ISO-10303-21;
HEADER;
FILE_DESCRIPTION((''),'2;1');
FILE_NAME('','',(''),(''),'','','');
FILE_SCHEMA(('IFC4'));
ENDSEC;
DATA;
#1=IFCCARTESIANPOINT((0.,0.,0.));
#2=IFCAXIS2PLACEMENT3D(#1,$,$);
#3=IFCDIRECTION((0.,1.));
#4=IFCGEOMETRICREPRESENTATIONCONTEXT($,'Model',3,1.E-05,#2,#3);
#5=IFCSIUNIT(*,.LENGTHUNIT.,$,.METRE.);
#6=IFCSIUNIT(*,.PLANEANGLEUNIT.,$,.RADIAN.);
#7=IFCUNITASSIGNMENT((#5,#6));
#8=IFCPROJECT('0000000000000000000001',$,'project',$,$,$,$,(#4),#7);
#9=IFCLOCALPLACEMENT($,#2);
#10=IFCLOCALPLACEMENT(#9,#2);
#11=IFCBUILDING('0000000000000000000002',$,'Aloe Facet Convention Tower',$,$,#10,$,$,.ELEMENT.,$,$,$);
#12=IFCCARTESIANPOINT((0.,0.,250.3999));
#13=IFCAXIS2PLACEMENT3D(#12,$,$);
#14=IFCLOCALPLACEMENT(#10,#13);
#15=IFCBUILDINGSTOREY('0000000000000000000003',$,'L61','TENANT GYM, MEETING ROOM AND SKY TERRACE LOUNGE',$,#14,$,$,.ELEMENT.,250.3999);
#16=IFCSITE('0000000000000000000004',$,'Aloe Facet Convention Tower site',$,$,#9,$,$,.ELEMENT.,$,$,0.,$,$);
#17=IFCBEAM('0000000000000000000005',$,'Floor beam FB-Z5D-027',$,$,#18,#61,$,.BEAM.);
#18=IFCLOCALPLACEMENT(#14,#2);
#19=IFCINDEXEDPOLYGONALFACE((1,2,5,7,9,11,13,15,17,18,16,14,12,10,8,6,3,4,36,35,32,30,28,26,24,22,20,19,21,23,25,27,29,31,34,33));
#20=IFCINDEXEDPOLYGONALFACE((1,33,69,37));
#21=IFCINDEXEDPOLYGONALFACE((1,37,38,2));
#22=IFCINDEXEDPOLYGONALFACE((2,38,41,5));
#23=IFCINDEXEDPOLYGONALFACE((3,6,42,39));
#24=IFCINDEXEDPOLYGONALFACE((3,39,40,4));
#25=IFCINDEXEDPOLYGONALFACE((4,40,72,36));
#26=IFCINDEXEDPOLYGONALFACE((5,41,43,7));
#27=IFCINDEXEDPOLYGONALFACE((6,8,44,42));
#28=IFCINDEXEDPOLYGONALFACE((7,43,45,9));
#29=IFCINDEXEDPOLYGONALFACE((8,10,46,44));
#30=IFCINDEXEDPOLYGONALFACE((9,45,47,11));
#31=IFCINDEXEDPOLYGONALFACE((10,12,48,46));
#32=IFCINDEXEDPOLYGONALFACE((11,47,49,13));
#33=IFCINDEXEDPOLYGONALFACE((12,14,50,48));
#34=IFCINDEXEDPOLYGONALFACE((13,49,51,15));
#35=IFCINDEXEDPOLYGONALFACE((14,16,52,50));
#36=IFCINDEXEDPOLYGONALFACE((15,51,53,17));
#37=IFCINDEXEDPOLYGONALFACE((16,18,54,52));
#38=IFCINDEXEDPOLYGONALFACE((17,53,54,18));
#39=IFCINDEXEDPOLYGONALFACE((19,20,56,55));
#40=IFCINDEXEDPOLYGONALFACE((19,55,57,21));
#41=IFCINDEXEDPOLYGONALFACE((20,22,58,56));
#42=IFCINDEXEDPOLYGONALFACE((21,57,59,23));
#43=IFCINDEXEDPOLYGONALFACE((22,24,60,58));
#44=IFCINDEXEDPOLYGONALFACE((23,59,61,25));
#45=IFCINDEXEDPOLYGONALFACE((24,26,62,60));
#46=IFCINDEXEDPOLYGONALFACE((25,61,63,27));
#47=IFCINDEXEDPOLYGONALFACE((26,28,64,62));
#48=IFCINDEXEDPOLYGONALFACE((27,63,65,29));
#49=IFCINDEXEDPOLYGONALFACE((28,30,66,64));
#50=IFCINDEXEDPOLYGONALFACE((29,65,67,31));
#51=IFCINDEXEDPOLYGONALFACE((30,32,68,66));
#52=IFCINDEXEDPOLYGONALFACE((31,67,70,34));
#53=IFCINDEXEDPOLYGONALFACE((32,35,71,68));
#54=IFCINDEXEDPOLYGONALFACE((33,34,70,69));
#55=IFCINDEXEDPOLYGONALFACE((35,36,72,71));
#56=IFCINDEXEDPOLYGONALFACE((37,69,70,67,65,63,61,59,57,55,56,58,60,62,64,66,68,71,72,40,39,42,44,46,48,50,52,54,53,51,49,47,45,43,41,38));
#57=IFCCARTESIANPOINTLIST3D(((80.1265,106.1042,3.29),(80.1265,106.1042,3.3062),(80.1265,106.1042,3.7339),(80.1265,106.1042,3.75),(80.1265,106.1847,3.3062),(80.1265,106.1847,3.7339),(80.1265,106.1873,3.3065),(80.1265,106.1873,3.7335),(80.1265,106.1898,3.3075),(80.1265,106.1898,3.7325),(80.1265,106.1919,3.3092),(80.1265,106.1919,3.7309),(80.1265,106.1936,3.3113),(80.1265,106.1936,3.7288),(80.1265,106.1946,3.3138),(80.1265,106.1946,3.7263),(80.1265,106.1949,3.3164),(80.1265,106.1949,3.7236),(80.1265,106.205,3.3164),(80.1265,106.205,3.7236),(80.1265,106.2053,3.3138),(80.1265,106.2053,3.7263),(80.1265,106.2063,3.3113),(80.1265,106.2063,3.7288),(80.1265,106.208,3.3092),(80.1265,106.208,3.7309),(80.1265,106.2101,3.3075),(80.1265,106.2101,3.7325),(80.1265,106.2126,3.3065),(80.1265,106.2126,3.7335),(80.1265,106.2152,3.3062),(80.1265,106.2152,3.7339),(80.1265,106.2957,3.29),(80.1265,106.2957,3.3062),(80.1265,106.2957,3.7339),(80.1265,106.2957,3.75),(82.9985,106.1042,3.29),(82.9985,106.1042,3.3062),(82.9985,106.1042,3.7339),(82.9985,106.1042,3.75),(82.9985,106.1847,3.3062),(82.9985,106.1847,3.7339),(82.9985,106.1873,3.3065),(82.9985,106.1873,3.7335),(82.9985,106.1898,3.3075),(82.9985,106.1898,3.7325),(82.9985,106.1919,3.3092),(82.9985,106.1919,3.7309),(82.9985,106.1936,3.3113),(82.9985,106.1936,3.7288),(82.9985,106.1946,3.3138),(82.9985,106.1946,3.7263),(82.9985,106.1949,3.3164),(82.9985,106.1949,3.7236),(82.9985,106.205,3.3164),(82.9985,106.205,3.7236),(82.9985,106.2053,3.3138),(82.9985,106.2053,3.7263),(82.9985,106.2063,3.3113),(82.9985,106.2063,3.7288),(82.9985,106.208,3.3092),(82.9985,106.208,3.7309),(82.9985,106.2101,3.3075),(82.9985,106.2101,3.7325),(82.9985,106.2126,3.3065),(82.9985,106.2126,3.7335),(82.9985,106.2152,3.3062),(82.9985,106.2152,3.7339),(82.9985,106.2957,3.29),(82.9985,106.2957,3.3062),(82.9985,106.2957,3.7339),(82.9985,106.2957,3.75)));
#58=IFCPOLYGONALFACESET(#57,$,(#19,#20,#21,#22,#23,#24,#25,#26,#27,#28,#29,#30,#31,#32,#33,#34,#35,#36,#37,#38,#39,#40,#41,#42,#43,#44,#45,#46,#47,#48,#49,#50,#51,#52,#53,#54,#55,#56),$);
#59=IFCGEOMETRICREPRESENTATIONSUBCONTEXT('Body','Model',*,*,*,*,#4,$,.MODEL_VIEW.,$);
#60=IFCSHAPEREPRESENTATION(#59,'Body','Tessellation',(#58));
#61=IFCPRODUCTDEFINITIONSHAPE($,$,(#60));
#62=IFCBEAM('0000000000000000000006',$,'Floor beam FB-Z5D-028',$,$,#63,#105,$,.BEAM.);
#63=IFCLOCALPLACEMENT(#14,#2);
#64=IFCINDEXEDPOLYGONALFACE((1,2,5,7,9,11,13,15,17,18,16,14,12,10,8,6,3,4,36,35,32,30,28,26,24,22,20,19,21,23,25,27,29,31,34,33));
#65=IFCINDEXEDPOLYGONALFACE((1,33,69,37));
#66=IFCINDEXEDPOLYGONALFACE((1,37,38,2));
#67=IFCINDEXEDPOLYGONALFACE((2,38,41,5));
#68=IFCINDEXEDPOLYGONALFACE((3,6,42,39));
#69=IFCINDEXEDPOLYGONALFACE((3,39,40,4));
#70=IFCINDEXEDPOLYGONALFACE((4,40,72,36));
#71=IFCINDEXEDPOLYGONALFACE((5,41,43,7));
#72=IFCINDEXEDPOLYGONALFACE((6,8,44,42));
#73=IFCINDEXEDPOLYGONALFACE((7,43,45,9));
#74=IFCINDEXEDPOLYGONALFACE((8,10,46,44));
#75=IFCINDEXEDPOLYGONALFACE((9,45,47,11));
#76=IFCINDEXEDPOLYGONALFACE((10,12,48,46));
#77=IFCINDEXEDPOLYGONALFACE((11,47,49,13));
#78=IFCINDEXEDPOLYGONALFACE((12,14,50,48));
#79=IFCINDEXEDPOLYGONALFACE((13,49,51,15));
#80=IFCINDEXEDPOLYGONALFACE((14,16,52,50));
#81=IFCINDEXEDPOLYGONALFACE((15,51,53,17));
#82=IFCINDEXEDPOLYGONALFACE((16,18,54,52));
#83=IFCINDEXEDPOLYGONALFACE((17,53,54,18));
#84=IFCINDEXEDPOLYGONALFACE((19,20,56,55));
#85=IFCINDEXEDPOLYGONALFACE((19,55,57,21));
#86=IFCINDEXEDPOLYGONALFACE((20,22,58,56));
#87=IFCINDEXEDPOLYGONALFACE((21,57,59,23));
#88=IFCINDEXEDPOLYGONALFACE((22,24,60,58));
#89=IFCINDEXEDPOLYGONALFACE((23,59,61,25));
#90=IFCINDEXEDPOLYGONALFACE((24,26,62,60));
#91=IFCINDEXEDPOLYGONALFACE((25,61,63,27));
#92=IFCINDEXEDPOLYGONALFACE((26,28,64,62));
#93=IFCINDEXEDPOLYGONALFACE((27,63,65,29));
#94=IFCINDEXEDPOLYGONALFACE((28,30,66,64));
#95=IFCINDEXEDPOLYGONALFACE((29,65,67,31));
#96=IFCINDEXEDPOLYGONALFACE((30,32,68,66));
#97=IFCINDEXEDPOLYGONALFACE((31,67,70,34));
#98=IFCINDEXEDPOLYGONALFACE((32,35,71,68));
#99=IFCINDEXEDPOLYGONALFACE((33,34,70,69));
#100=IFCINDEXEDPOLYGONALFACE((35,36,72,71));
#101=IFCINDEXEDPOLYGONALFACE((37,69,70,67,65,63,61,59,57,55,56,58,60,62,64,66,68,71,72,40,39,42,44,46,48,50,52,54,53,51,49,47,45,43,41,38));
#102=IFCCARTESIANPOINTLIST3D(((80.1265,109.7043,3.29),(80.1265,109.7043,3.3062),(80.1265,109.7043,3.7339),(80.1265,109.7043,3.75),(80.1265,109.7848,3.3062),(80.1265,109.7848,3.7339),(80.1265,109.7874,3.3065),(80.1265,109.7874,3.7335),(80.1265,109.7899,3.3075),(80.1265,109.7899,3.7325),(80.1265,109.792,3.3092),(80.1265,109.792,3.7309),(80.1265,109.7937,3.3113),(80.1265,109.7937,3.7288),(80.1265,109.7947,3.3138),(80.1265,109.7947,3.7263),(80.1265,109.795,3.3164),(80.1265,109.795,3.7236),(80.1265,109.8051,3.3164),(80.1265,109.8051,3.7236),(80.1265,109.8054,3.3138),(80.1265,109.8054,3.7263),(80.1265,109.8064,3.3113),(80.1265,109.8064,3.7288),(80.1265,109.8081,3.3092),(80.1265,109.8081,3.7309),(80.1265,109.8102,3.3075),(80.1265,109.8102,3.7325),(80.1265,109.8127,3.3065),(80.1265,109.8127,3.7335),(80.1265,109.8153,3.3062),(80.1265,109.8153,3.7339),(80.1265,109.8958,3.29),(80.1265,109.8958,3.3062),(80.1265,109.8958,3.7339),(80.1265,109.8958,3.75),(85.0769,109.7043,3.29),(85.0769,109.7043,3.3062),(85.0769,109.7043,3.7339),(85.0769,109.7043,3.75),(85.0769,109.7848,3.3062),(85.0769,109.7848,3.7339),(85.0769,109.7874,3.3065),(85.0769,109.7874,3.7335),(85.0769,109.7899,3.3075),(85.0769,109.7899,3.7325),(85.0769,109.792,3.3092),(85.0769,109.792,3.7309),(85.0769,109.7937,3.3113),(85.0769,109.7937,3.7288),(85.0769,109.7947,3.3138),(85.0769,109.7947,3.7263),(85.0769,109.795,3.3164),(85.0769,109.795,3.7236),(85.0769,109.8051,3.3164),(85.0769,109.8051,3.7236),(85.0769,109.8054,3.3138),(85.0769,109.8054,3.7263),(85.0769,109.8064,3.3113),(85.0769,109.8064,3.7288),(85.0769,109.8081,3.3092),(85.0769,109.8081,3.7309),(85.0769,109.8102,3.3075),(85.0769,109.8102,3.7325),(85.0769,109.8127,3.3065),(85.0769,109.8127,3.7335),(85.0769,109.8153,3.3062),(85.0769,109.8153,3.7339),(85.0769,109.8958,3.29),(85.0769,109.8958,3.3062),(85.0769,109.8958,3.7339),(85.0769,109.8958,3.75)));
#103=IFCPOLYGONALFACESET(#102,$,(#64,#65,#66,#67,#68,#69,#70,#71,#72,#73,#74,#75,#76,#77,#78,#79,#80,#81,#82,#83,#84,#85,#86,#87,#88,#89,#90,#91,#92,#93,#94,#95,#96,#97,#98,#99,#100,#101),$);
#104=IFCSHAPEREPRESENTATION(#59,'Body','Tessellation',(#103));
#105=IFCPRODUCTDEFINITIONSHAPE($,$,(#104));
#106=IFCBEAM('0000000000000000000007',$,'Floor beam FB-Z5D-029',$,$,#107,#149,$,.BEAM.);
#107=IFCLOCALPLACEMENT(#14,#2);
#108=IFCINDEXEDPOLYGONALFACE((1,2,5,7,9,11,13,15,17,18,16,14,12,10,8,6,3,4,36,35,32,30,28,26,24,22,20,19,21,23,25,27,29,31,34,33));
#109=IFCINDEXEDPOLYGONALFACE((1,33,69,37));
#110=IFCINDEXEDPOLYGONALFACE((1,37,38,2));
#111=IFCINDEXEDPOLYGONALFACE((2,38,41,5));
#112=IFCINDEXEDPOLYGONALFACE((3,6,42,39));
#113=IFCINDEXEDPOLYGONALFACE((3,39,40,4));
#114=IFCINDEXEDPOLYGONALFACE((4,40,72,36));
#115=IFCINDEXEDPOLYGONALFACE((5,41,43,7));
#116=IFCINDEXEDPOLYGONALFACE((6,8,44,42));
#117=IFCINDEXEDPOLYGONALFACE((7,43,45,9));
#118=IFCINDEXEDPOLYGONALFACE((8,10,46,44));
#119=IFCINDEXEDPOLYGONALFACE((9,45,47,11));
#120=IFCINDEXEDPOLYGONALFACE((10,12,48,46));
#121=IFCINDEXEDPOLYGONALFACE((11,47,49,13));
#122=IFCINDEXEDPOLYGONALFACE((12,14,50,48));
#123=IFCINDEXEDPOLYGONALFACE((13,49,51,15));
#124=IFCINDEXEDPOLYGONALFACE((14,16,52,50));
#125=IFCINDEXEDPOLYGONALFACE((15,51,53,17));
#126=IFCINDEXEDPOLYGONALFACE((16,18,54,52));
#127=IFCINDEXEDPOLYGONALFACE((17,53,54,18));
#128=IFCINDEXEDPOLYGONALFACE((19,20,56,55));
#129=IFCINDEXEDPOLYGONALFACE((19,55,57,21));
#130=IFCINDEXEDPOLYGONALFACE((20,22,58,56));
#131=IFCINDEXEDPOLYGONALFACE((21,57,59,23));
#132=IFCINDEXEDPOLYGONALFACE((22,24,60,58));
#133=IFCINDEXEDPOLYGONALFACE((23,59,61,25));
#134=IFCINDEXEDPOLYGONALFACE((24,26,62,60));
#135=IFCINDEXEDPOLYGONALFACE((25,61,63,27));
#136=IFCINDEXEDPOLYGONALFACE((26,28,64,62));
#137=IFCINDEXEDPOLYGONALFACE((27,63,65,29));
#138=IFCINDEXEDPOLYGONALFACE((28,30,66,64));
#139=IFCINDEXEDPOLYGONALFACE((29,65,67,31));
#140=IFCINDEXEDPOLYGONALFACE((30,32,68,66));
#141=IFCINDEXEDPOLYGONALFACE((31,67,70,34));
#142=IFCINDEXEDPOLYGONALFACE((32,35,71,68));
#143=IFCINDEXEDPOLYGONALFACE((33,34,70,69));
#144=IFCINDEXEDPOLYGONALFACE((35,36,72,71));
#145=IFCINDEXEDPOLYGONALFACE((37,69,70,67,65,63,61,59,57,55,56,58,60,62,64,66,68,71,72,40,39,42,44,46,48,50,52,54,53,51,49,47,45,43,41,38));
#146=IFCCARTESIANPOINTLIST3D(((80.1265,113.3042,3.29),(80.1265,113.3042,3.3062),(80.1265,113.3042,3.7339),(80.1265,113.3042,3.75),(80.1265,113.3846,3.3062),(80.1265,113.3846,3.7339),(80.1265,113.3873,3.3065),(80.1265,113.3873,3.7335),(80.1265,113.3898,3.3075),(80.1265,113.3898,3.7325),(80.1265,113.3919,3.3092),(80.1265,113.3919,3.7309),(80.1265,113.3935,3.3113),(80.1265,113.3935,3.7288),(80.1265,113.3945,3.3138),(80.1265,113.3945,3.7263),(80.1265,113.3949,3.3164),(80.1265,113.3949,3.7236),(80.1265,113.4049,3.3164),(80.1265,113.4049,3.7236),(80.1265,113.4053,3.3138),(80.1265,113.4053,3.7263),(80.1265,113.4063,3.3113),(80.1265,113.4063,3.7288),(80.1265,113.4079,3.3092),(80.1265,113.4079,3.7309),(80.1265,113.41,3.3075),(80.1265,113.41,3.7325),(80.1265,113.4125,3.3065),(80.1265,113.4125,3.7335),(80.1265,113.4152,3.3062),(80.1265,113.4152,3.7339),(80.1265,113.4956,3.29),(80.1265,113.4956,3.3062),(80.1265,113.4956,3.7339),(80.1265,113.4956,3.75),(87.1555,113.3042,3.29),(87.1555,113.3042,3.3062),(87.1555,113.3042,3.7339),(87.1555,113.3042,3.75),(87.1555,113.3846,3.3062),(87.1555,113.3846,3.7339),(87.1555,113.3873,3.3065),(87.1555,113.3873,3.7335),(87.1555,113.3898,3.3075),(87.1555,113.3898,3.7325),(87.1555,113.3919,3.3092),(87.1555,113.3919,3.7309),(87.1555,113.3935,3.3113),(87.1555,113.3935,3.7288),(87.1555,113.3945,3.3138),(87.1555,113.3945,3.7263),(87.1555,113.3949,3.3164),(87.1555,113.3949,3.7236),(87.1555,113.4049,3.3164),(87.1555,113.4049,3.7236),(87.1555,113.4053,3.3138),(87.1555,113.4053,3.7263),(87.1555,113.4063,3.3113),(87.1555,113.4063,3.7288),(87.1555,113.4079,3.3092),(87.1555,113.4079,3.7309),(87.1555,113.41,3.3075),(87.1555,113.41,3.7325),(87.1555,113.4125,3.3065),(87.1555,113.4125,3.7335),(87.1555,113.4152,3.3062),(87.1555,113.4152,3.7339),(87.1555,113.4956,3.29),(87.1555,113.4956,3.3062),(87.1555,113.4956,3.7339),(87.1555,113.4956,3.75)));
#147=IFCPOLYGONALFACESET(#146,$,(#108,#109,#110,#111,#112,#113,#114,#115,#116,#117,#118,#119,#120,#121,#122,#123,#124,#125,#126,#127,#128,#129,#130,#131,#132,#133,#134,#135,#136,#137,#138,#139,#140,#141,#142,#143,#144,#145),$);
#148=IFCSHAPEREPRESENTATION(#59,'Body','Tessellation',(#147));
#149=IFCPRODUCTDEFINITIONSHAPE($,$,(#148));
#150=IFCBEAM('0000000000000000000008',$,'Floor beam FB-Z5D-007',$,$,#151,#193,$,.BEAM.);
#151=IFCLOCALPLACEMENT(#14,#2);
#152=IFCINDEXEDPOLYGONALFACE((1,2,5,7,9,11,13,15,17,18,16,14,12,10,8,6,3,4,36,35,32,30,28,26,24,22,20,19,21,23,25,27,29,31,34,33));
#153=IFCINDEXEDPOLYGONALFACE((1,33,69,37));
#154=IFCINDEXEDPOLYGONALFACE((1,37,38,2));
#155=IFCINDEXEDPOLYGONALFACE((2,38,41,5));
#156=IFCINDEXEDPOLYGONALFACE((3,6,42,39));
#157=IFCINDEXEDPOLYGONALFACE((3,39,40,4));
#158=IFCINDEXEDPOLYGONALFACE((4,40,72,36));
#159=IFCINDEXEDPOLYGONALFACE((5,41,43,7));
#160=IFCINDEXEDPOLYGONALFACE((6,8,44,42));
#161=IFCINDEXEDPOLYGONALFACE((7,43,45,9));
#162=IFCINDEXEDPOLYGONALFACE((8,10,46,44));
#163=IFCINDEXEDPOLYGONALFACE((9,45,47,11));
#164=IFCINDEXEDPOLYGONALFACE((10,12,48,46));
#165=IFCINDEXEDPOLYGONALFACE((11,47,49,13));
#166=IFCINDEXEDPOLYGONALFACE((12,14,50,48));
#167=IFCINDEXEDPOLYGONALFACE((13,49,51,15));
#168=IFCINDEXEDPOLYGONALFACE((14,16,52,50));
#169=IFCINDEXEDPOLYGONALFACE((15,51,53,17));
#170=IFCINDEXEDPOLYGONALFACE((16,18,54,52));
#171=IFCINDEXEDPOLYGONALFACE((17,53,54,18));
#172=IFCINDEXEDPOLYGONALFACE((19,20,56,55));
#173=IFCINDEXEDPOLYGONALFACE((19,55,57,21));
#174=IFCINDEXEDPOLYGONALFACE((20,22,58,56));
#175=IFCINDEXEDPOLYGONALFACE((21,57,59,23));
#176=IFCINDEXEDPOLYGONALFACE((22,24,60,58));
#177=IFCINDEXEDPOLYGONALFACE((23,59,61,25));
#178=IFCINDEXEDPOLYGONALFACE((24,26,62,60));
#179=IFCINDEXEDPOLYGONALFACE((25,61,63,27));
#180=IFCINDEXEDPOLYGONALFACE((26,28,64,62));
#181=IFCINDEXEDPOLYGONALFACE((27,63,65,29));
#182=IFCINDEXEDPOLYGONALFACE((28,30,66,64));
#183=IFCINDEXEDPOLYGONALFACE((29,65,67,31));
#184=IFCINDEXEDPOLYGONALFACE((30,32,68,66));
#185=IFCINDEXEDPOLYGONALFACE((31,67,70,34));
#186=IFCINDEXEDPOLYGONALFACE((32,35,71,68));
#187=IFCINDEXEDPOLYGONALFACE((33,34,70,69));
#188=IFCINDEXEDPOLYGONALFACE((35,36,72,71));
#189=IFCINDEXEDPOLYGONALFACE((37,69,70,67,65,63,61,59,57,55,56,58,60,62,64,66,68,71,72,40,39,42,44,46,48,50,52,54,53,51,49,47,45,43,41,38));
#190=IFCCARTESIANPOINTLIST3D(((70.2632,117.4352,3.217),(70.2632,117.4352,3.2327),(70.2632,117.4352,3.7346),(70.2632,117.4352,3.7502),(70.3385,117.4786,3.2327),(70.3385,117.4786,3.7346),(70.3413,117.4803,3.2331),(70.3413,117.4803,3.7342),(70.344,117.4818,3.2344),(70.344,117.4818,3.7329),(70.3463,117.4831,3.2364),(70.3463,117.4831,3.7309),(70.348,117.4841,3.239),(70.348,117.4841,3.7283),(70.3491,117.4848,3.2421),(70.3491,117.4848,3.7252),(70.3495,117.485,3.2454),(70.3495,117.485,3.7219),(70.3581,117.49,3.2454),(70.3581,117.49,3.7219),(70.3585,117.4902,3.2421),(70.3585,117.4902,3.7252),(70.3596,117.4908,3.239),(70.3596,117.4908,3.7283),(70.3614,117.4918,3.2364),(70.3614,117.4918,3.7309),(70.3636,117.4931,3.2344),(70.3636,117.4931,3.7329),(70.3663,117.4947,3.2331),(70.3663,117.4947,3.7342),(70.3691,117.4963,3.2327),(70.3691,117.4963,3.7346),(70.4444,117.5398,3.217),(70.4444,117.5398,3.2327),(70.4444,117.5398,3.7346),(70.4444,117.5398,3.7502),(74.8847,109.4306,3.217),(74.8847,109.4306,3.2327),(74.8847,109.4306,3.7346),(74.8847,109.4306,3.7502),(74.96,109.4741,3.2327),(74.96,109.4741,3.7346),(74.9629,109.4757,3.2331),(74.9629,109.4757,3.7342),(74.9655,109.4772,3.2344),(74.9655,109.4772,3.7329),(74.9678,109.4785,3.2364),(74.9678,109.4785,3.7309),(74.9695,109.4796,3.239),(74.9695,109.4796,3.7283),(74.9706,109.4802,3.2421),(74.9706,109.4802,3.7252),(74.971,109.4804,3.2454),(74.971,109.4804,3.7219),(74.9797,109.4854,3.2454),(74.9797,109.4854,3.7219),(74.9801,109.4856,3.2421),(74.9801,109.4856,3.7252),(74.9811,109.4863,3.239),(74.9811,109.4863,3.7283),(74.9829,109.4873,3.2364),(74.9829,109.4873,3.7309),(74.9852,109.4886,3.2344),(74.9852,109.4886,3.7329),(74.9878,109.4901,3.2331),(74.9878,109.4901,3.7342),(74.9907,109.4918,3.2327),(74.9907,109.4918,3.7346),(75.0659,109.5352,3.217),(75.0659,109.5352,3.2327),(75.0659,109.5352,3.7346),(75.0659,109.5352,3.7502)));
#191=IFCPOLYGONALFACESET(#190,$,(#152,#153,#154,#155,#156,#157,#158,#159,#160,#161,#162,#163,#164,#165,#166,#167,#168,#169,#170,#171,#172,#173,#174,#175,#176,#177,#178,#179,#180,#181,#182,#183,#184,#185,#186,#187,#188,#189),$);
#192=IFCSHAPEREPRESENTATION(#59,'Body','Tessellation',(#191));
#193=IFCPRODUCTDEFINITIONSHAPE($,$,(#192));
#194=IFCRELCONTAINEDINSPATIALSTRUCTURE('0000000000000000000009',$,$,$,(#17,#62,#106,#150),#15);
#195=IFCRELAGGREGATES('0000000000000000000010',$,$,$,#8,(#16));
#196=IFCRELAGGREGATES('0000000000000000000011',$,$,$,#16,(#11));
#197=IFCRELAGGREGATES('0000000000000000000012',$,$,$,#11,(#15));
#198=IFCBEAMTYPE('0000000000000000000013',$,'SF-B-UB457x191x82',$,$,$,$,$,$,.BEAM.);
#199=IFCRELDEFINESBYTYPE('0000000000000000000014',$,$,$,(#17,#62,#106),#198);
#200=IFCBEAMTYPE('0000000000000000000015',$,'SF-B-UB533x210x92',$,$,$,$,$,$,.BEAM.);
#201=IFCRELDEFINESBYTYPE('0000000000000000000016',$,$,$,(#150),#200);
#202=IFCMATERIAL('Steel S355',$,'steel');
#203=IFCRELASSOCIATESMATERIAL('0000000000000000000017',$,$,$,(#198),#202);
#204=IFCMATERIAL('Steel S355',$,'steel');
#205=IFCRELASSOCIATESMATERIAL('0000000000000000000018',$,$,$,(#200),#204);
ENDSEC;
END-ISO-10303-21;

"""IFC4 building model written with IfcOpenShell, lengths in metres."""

from ifc_helpers import new_model, si_unit, direction, frame, origin, origin_2d, place, context, subcontext, project, spatial, i_section, extrude, material, material_profile, profile_set, type_object, element, save


model = new_model("IFC4")

# Units and contexts
model_context = context("Model", 3, precision=1e-05, world=origin(), true_north=direction((0.0, 1.0)))
body_context = subcontext(model_context, "Body", "Model", "MODEL_VIEW")
ifc_project = project(units=[si_unit("LENGTHUNIT", "METRE"), si_unit("PLANEANGLEUNIT", "RADIAN")], contexts=[model_context])

# Site, building, storey
site_placement = place(None, origin())
site = spatial("IfcSite", under=ifc_project, at=site_placement, Name="Aloe Facet Convention Tower site", CompositionType="ELEMENT", RefElevation=0.0)
building_placement = place(site_placement, origin())
building = spatial("IfcBuilding", under=site, at=building_placement, Name="Aloe Facet Convention Tower", CompositionType="ELEMENT")
storey_placement = place(building_placement, frame((0.0, 0.0, 250.3999)))
storey = spatial("IfcBuildingStorey", under=building, at=storey_placement, Name="L61", Description="TENANT GYM, MEETING ROOM AND SKY TERRACE LOUNGE", CompositionType="ELEMENT", Elevation=250.3999)

# Beams
ifc_material_1 = material(Name="Steel S355", Category="steel")
ifc_material_profile_1 = material_profile(ifc_material_1, i_section(OverallWidth=0.1914, OverallDepth=0.46, WebThickness=0.01, FlangeThickness=0.0161, FilletRadius=0.0103, at=origin_2d()), Name="UB 457x191x82")
ifc_profile_set_1 = profile_set([ifc_material_profile_1], Name="Steel S355")
beam_type_1 = type_object("IfcBeamType", Name="SF-B-UB457x191x82", PredefinedType="BEAM", material=ifc_profile_set_1)
for number, where, z_axis, x_axis, name in (
    (1, (80.1265, 106.2, 3.52), (1.0, 0.0, 0.0), (0.0, 1.0, 0.0), "Floor beam FB-Z5D-027"),
):
    element("IfcBeam", number, at=place(storey_placement, frame(where, z_axis=z_axis, x_axis=x_axis)), inside=storey, type_object=beam_type_1, Name=name, PredefinedType="BEAM", context=body_context, shape_type="SweptSolid", body=[
        extrude(i_section(OverallWidth=0.1914, OverallDepth=0.46, WebThickness=0.01, FlangeThickness=0.0161, FilletRadius=0.0103, at=origin_2d()), origin(), (0.0, 0.0, 1.0), 2.8721),
    ])
beam_1_placement = place(storey_placement, frame((80.1265, 109.8, 3.52), z_axis=(1.0, 0.0, 0.0), x_axis=(0.0, 1.0, 0.0)))
element("IfcBeam", 2, at=beam_1_placement, inside=storey, type_object=beam_type_1, Name="Floor beam FB-Z5D-028", PredefinedType="BEAM", context=body_context, shape_type="SweptSolid", body=[
    extrude(i_section(OverallWidth=0.1914, OverallDepth=0.46, WebThickness=0.01, FlangeThickness=0.0161, FilletRadius=0.0103, at=origin_2d()), origin(), (0.0, 0.0, 1.0), 4.9504),
])
beam_2_placement = place(storey_placement, frame((80.1265, 113.3999, 3.52), z_axis=(1.0, 0.0, 0.0), x_axis=(0.0, 1.0, 0.0)))
element("IfcBeam", 3, at=beam_2_placement, inside=storey, type_object=beam_type_1, Name="Floor beam FB-Z5D-029", PredefinedType="BEAM", context=body_context, shape_type="SweptSolid", body=[
    extrude(i_section(OverallWidth=0.1914, OverallDepth=0.46, WebThickness=0.01, FlangeThickness=0.0161, FilletRadius=0.0103, at=origin_2d()), origin(), (0.0, 0.0, 1.0), 7.0291),
])
ifc_material_2 = material(Name="Steel S355", Category="steel")
ifc_material_profile_2 = material_profile(ifc_material_2, i_section(OverallWidth=0.2092, OverallDepth=0.5332, WebThickness=0.01, FlangeThickness=0.0156, FilletRadius=0.0127, at=origin_2d()), Name="UB 533x210x92")
ifc_profile_set_2 = profile_set([ifc_material_profile_2], Name="Steel S355")
beam_type_2 = type_object("IfcBeamType", Name="SF-B-UB533x210x92", PredefinedType="BEAM", material=ifc_profile_set_2)
beam_3_placement = place(storey_placement, frame((74.9753, 109.4829, 3.4836), z_axis=(-0.500008, 0.866021, 0.0), x_axis=(-0.866021, -0.500008, 0.0)))
element("IfcBeam", 4, at=beam_3_placement, inside=storey, type_object=beam_type_2, Name="Floor beam FB-Z5D-007", PredefinedType="BEAM", context=body_context, shape_type="SweptSolid", body=[
    extrude(i_section(OverallWidth=0.2092, OverallDepth=0.5332, WebThickness=0.01, FlangeThickness=0.0156, FilletRadius=0.0127, at=origin_2d()), origin(), (0.0, 0.0, 1.0), 9.2429),
])

save(model, "model.ifc")
